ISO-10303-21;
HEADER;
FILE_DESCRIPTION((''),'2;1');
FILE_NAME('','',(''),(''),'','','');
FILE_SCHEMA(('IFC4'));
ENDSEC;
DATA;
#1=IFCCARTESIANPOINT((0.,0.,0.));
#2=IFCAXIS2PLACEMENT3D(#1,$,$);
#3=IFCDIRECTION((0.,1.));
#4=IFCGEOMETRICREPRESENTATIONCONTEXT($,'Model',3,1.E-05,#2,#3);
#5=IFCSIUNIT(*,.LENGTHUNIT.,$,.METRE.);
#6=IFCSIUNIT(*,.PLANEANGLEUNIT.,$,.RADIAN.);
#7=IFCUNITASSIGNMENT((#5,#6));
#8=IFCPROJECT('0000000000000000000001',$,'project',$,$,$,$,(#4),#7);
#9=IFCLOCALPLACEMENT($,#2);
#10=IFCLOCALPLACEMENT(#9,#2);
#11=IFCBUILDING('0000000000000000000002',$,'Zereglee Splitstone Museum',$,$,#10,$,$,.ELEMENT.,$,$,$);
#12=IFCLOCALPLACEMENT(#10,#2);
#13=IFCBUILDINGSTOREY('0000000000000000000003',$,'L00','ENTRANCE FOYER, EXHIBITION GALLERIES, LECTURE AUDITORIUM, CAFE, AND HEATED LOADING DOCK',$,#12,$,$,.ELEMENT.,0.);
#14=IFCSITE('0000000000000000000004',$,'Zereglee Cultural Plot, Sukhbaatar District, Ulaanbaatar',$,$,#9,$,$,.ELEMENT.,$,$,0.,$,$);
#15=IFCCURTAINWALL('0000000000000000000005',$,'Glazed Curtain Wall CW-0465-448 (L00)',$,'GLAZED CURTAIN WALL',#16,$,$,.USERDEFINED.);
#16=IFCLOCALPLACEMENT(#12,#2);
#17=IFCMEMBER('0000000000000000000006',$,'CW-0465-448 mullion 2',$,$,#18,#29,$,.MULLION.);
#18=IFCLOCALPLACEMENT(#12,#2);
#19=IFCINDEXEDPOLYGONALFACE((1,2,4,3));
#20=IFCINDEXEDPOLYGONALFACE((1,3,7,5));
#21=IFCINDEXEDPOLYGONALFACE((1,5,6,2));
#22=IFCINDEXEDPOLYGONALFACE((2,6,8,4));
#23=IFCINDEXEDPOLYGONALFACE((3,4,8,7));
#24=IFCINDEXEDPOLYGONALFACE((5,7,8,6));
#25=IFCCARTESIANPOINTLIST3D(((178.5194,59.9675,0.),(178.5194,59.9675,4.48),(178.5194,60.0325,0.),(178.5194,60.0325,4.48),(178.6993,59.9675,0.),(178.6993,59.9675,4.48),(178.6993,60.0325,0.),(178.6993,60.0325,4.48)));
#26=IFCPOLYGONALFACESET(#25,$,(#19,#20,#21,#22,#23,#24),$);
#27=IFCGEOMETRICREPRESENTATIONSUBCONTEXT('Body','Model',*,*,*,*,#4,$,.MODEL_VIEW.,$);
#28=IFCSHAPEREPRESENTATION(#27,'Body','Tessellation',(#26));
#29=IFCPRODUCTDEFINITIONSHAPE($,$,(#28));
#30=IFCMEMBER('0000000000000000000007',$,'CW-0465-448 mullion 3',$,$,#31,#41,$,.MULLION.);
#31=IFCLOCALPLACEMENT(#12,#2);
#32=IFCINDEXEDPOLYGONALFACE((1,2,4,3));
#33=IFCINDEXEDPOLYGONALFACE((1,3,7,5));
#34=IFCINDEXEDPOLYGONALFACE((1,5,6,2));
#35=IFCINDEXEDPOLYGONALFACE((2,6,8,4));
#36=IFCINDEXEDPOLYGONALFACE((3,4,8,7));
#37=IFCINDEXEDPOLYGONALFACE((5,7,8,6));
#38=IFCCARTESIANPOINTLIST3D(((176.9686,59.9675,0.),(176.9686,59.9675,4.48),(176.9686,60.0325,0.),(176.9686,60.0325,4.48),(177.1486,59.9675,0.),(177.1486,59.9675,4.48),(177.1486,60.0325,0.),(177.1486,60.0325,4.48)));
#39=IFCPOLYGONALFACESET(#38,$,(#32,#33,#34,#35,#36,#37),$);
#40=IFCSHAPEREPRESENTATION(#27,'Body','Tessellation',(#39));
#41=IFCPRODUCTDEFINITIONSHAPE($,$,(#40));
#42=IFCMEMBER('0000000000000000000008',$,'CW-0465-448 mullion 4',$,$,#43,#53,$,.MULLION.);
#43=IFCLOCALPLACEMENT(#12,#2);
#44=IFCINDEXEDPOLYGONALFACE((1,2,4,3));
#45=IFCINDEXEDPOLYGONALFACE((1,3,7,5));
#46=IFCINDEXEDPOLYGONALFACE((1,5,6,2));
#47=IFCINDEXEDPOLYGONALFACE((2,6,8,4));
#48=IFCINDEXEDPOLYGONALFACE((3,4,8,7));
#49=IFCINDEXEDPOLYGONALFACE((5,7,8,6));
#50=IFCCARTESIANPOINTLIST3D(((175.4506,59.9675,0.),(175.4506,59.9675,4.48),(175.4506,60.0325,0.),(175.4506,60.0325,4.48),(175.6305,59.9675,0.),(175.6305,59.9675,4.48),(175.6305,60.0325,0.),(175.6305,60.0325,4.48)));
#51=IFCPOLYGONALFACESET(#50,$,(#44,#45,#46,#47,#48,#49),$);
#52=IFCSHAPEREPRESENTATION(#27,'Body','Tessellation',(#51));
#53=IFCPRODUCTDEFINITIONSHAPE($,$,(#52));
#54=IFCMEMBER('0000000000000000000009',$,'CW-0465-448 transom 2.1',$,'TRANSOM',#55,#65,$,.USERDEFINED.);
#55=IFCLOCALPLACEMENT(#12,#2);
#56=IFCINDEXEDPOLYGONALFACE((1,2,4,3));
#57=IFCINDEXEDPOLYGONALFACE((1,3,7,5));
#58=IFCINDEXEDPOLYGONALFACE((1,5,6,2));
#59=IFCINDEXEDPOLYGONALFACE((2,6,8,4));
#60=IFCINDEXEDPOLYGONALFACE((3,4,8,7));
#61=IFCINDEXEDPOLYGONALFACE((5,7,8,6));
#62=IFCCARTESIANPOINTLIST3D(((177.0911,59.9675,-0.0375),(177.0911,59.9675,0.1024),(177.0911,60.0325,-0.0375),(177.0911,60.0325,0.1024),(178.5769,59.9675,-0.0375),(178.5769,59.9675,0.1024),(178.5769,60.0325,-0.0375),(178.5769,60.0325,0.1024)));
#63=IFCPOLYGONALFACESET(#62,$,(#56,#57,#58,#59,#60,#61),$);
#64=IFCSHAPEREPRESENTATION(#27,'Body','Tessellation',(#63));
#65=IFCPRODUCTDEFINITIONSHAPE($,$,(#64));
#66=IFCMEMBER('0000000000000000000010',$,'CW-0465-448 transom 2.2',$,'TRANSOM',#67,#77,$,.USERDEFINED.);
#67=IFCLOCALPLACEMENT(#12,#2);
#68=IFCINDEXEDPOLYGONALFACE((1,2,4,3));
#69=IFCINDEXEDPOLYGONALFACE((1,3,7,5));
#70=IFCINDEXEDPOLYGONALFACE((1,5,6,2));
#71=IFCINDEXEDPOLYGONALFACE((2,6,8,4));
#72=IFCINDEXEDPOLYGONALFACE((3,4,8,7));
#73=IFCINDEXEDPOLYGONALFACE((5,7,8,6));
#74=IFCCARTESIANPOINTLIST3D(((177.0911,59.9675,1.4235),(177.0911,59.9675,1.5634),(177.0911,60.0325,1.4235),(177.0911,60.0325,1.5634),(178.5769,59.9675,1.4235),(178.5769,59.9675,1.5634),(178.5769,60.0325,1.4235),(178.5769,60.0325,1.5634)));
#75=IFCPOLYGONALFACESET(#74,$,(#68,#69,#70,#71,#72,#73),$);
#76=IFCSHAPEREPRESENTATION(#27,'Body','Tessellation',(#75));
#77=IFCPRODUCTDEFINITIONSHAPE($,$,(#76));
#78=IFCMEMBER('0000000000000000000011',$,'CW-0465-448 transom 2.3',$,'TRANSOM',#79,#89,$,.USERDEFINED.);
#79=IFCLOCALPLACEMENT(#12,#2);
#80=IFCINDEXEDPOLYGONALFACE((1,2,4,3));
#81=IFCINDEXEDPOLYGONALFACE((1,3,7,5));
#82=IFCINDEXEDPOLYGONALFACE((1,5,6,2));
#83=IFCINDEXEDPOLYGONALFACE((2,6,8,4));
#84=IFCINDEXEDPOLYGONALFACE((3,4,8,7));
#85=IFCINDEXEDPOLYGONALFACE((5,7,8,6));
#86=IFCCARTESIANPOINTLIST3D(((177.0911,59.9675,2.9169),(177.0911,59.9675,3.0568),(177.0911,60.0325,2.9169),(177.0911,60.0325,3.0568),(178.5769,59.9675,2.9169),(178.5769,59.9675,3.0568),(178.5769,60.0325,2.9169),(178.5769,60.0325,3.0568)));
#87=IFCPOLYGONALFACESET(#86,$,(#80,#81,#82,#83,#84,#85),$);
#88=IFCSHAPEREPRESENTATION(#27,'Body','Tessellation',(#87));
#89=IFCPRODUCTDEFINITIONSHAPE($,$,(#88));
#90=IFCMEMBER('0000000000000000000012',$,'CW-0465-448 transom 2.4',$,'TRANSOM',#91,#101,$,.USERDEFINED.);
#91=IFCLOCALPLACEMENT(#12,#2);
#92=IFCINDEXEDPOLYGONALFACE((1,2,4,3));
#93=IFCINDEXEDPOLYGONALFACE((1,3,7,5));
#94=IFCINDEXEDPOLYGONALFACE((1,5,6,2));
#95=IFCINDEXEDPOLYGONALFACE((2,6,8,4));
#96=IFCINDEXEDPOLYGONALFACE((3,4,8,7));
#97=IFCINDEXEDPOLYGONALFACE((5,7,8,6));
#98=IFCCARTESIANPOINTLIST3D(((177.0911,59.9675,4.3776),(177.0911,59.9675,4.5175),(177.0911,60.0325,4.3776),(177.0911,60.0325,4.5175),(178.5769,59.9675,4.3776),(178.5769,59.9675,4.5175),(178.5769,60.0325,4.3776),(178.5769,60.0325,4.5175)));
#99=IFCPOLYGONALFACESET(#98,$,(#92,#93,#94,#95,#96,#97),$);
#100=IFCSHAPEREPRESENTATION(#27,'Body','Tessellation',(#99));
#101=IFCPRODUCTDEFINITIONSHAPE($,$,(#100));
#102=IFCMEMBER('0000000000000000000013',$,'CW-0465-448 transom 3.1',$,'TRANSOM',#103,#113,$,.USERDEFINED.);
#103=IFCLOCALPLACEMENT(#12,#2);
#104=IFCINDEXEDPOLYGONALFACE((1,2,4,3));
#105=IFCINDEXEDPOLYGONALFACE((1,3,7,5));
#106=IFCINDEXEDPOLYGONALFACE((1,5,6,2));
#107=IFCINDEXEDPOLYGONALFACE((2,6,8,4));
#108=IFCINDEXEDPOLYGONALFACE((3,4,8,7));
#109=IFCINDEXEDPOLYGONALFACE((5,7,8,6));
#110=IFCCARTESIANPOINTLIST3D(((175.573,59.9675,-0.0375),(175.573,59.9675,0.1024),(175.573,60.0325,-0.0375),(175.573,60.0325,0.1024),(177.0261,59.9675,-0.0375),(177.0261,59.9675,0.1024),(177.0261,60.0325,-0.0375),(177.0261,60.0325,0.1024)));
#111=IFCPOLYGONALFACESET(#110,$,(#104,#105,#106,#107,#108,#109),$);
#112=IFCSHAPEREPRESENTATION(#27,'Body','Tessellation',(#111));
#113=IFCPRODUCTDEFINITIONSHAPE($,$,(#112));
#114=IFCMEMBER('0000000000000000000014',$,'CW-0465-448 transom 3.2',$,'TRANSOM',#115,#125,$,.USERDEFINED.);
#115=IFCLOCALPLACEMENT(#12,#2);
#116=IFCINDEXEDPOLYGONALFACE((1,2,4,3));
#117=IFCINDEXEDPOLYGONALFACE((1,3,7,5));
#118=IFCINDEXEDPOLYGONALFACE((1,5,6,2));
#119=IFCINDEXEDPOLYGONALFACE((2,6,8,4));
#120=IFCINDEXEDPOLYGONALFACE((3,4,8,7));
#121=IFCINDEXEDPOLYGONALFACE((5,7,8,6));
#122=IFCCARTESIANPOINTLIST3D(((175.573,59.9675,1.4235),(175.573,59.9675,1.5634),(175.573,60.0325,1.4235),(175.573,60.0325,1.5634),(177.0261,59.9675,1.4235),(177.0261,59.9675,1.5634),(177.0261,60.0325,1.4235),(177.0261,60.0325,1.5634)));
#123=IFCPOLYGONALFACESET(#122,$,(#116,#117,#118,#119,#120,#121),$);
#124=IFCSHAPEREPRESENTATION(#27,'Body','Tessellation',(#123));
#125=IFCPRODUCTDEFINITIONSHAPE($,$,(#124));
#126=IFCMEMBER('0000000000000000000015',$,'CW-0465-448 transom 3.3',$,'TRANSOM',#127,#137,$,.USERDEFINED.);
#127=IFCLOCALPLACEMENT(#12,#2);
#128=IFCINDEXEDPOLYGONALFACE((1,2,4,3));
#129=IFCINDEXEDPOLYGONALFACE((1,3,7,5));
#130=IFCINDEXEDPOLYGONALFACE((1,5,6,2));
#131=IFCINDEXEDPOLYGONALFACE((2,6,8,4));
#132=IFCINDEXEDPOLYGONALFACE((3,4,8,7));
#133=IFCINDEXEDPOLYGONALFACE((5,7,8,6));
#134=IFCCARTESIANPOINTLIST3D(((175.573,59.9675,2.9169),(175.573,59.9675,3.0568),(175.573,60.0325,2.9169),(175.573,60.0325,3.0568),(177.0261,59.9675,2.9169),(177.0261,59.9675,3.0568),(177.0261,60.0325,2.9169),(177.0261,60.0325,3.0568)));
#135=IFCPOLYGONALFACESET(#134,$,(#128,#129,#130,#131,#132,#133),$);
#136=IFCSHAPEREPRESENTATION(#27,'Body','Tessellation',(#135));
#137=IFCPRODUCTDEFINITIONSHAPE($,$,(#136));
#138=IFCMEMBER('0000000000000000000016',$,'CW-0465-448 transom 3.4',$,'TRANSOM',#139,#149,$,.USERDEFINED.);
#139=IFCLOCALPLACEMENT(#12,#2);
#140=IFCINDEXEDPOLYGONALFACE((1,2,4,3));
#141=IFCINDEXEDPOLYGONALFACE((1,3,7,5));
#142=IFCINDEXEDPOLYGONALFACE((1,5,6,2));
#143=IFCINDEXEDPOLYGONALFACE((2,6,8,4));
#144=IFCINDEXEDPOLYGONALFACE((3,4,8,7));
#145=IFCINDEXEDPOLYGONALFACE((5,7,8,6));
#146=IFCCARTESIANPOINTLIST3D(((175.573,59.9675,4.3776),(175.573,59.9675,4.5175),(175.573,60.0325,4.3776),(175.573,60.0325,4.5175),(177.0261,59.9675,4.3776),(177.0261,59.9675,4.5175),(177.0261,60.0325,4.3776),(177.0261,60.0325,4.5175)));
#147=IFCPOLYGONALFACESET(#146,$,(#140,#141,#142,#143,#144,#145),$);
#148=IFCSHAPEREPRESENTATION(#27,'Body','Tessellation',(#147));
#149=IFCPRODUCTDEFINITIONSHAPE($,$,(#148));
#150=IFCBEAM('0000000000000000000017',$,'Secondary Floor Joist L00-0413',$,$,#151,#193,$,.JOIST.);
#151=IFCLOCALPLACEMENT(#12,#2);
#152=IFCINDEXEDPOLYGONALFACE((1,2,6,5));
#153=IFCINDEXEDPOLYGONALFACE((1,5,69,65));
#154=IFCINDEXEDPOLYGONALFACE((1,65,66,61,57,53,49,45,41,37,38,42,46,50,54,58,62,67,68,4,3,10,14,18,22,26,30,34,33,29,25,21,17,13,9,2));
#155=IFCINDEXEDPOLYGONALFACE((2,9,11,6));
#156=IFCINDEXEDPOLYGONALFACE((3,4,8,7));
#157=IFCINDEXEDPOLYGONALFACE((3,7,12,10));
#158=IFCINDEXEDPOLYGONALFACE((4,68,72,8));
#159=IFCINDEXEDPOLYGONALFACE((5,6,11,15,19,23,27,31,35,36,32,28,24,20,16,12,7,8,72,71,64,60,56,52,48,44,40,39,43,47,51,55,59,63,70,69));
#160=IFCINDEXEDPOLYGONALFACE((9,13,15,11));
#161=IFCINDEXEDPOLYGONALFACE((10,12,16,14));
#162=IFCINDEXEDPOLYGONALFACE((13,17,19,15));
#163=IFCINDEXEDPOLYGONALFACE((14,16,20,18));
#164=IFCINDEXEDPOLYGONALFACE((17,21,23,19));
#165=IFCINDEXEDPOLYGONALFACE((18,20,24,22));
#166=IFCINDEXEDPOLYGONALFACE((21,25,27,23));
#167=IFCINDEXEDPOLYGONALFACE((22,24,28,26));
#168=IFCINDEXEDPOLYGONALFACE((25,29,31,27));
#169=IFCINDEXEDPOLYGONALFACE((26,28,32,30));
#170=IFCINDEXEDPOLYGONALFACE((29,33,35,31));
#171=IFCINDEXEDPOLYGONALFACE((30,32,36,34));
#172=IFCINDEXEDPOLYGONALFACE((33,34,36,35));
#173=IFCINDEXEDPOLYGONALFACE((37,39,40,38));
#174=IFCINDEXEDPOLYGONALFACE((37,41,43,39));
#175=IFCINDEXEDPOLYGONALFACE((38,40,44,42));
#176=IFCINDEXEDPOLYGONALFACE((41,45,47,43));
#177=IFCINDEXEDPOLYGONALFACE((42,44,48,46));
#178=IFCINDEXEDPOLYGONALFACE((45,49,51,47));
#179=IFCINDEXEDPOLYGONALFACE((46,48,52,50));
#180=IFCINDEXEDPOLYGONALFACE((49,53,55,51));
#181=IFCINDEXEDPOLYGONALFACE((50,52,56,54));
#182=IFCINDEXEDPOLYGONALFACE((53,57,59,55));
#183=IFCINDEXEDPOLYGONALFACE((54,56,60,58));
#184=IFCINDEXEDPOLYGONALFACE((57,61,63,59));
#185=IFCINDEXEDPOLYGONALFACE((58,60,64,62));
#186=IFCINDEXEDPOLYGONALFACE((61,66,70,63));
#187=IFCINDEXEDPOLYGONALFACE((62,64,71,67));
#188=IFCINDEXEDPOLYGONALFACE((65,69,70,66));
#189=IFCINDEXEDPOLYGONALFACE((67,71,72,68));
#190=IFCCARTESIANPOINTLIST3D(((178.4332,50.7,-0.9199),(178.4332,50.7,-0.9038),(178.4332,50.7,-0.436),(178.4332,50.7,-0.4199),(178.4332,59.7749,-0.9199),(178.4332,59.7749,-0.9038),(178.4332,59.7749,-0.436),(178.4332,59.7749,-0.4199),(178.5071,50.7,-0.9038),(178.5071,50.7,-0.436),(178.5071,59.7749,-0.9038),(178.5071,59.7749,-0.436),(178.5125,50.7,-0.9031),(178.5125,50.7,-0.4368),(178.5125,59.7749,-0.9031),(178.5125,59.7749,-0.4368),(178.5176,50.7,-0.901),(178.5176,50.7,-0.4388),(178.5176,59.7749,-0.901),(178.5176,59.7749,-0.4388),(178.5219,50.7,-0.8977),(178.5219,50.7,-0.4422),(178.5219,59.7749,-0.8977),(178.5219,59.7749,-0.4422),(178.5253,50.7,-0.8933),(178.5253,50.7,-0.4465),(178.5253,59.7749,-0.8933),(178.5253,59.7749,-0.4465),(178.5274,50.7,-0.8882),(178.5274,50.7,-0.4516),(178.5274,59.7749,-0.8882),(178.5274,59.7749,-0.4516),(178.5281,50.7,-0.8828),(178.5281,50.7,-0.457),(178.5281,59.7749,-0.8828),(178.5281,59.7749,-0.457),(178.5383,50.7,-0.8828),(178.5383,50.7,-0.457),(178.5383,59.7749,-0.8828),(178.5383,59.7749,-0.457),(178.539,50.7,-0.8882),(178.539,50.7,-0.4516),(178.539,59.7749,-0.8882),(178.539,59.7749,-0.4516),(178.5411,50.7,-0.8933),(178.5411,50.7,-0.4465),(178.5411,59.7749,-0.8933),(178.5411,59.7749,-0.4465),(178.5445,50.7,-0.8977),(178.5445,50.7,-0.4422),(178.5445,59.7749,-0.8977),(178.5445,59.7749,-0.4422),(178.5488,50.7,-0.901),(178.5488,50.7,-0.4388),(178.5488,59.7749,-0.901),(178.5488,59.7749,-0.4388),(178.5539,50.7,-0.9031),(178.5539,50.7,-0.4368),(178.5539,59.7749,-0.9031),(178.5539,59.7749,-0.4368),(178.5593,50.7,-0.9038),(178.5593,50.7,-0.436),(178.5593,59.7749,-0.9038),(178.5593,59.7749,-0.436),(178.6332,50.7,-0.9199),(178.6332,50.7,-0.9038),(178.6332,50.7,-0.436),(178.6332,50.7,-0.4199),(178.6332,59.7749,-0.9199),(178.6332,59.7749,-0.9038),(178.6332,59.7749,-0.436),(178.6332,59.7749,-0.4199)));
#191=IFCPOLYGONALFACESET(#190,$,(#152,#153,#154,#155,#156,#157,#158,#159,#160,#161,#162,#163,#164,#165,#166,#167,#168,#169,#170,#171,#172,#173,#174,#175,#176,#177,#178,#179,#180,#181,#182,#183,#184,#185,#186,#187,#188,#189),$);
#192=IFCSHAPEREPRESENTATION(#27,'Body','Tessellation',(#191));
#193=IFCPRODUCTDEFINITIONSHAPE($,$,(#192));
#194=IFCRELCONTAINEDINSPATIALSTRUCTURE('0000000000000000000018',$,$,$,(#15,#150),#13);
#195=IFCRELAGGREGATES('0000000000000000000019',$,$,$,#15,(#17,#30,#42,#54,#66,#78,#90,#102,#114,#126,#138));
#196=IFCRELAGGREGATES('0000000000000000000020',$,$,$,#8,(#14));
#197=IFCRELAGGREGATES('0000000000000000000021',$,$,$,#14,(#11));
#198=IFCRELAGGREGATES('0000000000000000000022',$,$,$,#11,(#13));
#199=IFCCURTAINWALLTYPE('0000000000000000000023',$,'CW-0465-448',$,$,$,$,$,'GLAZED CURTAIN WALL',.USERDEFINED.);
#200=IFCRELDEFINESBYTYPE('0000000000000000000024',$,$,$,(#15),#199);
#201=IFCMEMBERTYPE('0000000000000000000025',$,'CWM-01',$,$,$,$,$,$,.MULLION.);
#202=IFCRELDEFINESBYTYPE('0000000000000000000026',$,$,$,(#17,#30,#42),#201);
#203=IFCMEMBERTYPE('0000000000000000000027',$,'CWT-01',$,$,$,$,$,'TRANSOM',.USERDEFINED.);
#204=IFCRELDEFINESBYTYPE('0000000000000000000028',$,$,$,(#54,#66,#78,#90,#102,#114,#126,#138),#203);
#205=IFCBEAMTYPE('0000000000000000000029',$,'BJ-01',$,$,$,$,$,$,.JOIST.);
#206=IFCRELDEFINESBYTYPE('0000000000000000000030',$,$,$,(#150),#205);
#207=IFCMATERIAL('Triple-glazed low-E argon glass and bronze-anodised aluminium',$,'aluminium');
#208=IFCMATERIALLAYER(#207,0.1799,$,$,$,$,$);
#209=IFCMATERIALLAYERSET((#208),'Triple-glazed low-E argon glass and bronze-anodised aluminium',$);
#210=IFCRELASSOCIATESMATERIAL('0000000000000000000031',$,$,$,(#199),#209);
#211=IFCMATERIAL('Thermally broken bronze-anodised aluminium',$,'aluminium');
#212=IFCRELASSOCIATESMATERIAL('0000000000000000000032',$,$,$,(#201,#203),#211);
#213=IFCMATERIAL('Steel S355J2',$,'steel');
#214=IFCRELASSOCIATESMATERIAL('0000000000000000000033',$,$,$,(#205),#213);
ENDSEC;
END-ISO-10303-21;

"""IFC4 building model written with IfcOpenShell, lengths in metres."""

from ifc_helpers import new_model, si_unit, direction, frame, origin, origin_2d, place, context, subcontext, project, spatial, rectangle, i_section, extrude, material, layer, layer_set, material_profile, profile_set, type_object, element, aggregate, save


model = new_model("IFC4")

# Units and contexts
model_context = context("Model", 3, precision=1e-05, world=origin(), true_north=direction((0.0, 1.0)))
body_context = subcontext(model_context, "Body", "Model", "MODEL_VIEW")
ifc_project = project(units=[si_unit("LENGTHUNIT", "METRE"), si_unit("PLANEANGLEUNIT", "RADIAN")], contexts=[model_context])

# Site, building, storey
site_placement = place(None, origin())
site = spatial("IfcSite", under=ifc_project, at=site_placement, Name="Zereglee Cultural Plot, Sukhbaatar District, Ulaanbaatar", CompositionType="ELEMENT", RefElevation=0.0)
building_placement = place(site_placement, origin())
building = spatial("IfcBuilding", under=site, at=building_placement, Name="Zereglee Splitstone Museum", CompositionType="ELEMENT")
storey_placement = place(building_placement, origin())
storey = spatial("IfcBuildingStorey", under=building, at=storey_placement, Name="L00", Description="ENTRANCE FOYER, EXHIBITION GALLERIES, LECTURE AUDITORIUM, CAFE, AND HEATED LOADING DOCK", CompositionType="ELEMENT", Elevation=0.0)

# Curtain wall, members
ifc_material_1 = material(Name="Triple-glazed low-E argon glass and bronze-anodised aluminium", Category="aluminium")
ifc_layer_1 = layer(ifc_material_1, 0.1799)
ifc_layer_set_1 = layer_set([ifc_layer_1], Name="Triple-glazed low-E argon glass and bronze-anodised aluminium")
curtain_wall_type = type_object("IfcCurtainWallType", Name="CW-0465-448", ElementType="GLAZED CURTAIN WALL", PredefinedType="USERDEFINED", material=ifc_layer_set_1)
curtain_wall_placement = place(storey_placement, origin())
curtain_wall = element("IfcCurtainWall", 1, at=curtain_wall_placement, inside=storey, type_object=curtain_wall_type, Name="Glazed Curtain Wall CW-0465-448 (L00)", ObjectType="GLAZED CURTAIN WALL", PredefinedType="USERDEFINED")
ifc_material_2 = material(Name="Thermally broken bronze-anodised aluminium", Category="aluminium")
ifc_material_profile_1 = material_profile(ifc_material_2, rectangle(XDim=0.0649, YDim=0.1799, at=origin_2d()), Name="CW MULL 65x180")
ifc_profile_set_1 = profile_set([ifc_material_profile_1], Name="Thermally broken bronze-anodised aluminium")
member_type_1 = type_object("IfcMemberType", Name="CWM-01", PredefinedType="MULLION", material=ifc_profile_set_1)
member_1_placement = place(storey_placement, frame((178.6094, 60.0, 0.0), z_axis=(0.0, 0.0, 1.0), x_axis=(0.0, -1.0, 0.0)))
member_1 = element("IfcMember", 2, at=member_1_placement, type_object=member_type_1, Name="CW-0465-448 mullion 2", PredefinedType="MULLION", context=body_context, shape_type="SweptSolid", body=[
    extrude(rectangle(XDim=0.0649, YDim=0.1799, at=origin_2d()), origin(), (0.0, 0.0, 1.0), 4.48),
])
member_2_placement = place(storey_placement, frame((177.0586, 60.0, 0.0), z_axis=(0.0, 0.0, 1.0), x_axis=(0.0, -1.0, 0.0)))
member_2 = element("IfcMember", 3, at=member_2_placement, type_object=member_type_1, Name="CW-0465-448 mullion 3", PredefinedType="MULLION", context=body_context, shape_type="SweptSolid", body=[
    extrude(rectangle(XDim=0.0649, YDim=0.1799, at=origin_2d()), origin(), (0.0, 0.0, 1.0), 4.48),
])
member_3_placement = place(storey_placement, frame((175.5405, 60.0, 0.0), z_axis=(0.0, 0.0, 1.0), x_axis=(0.0, -1.0, 0.0)))
member_3 = element("IfcMember", 4, at=member_3_placement, type_object=member_type_1, Name="CW-0465-448 mullion 4", PredefinedType="MULLION", context=body_context, shape_type="SweptSolid", body=[
    extrude(rectangle(XDim=0.0649, YDim=0.1799, at=origin_2d()), origin(), (0.0, 0.0, 1.0), 4.48),
])
ifc_material_profile_2 = material_profile(ifc_material_2, rectangle(XDim=0.0649, YDim=0.1399, at=origin_2d()), Name="CW TRAN 65x140")
ifc_profile_set_2 = profile_set([ifc_material_profile_2], Name="Thermally broken bronze-anodised aluminium")
member_type_2 = type_object("IfcMemberType", Name="CWT-01", ElementType="TRANSOM", PredefinedType="USERDEFINED", material=ifc_profile_set_2)
member_4_placement = place(storey_placement, frame((178.5769, 60.0, 0.0325), z_axis=(-1.0, 0.0, 0.0), x_axis=(0.0, -1.0, 0.0)))
member_4 = element("IfcMember", 5, at=member_4_placement, type_object=member_type_2, Name="CW-0465-448 transom 2.1", ObjectType="TRANSOM", PredefinedType="USERDEFINED", context=body_context, shape_type="SweptSolid", body=[
    extrude(rectangle(XDim=0.0649, YDim=0.1399, at=origin_2d()), origin(), (0.0, 0.0, 1.0), 1.4858),
])
member_5_placement = place(storey_placement, frame((178.5769, 60.0, 1.4934), z_axis=(-1.0, 0.0, 0.0), x_axis=(0.0, -1.0, 0.0)))
member_5 = element("IfcMember", 6, at=member_5_placement, type_object=member_type_2, Name="CW-0465-448 transom 2.2", ObjectType="TRANSOM", PredefinedType="USERDEFINED", context=body_context, shape_type="SweptSolid", body=[
    extrude(rectangle(XDim=0.0649, YDim=0.1399, at=origin_2d()), origin(), (0.0, 0.0, 1.0), 1.4858),
])
member_6_placement = place(storey_placement, frame((178.5769, 60.0, 2.9868), z_axis=(-1.0, 0.0, 0.0), x_axis=(0.0, -1.0, 0.0)))
member_6 = element("IfcMember", 7, at=member_6_placement, type_object=member_type_2, Name="CW-0465-448 transom 2.3", ObjectType="TRANSOM", PredefinedType="USERDEFINED", context=body_context, shape_type="SweptSolid", body=[
    extrude(rectangle(XDim=0.0649, YDim=0.1399, at=origin_2d()), origin(), (0.0, 0.0, 1.0), 1.4858),
])
member_7_placement = place(storey_placement, frame((178.5769, 60.0, 4.4475), z_axis=(-1.0, 0.0, 0.0), x_axis=(0.0, -1.0, 0.0)))
member_7 = element("IfcMember", 8, at=member_7_placement, type_object=member_type_2, Name="CW-0465-448 transom 2.4", ObjectType="TRANSOM", PredefinedType="USERDEFINED", context=body_context, shape_type="SweptSolid", body=[
    extrude(rectangle(XDim=0.0649, YDim=0.1399, at=origin_2d()), origin(), (0.0, 0.0, 1.0), 1.4858),
])
member_8_placement = place(storey_placement, frame((177.0261, 60.0, 0.0325), z_axis=(-1.0, 0.0, 0.0), x_axis=(0.0, -1.0, 0.0)))
member_8 = element("IfcMember", 9, at=member_8_placement, type_object=member_type_2, Name="CW-0465-448 transom 3.1", ObjectType="TRANSOM", PredefinedType="USERDEFINED", context=body_context, shape_type="SweptSolid", body=[
    extrude(rectangle(XDim=0.0649, YDim=0.1399, at=origin_2d()), origin(), (0.0, 0.0, 1.0), 1.4531),
])
member_9_placement = place(storey_placement, frame((177.0261, 60.0, 1.4934), z_axis=(-1.0, 0.0, 0.0), x_axis=(0.0, -1.0, 0.0)))
member_9 = element("IfcMember", 10, at=member_9_placement, type_object=member_type_2, Name="CW-0465-448 transom 3.2", ObjectType="TRANSOM", PredefinedType="USERDEFINED", context=body_context, shape_type="SweptSolid", body=[
    extrude(rectangle(XDim=0.0649, YDim=0.1399, at=origin_2d()), origin(), (0.0, 0.0, 1.0), 1.4531),
])
member_10_placement = place(storey_placement, frame((177.0261, 60.0, 2.9868), z_axis=(-1.0, 0.0, 0.0), x_axis=(0.0, -1.0, 0.0)))
member_10 = element("IfcMember", 11, at=member_10_placement, type_object=member_type_2, Name="CW-0465-448 transom 3.3", ObjectType="TRANSOM", PredefinedType="USERDEFINED", context=body_context, shape_type="SweptSolid", body=[
    extrude(rectangle(XDim=0.0649, YDim=0.1399, at=origin_2d()), origin(), (0.0, 0.0, 1.0), 1.4531),
])
member_11_placement = place(storey_placement, frame((177.0261, 60.0, 4.4475), z_axis=(-1.0, 0.0, 0.0), x_axis=(0.0, -1.0, 0.0)))
member_11 = element("IfcMember", 12, at=member_11_placement, type_object=member_type_2, Name="CW-0465-448 transom 3.4", ObjectType="TRANSOM", PredefinedType="USERDEFINED", context=body_context, shape_type="SweptSolid", body=[
    extrude(rectangle(XDim=0.0649, YDim=0.1399, at=origin_2d()), origin(), (0.0, 0.0, 1.0), 1.4531),
])

# Beam
ifc_material_3 = material(Name="Steel S355J2", Category="steel")
ifc_material_profile_3 = material_profile(ifc_material_3, i_section(OverallWidth=0.2, OverallDepth=0.5, WebThickness=0.0103, FlangeThickness=0.0161, FilletRadius=0.021, at=origin_2d()), Name="IPE 500")
ifc_profile_set_3 = profile_set([ifc_material_profile_3], Name="Steel S355J2")
beam_type = type_object("IfcBeamType", Name="BJ-01", PredefinedType="JOIST", material=ifc_profile_set_3)
beam_placement = place(storey_placement, frame((178.5332, 50.7, -0.6699), z_axis=(0.0, 1.0, 0.0), x_axis=(-1.0, 0.0, 0.0)))
element("IfcBeam", 13, at=beam_placement, inside=storey, type_object=beam_type, Name="Secondary Floor Joist L00-0413", PredefinedType="JOIST", context=body_context, shape_type="SweptSolid", body=[
    extrude(i_section(OverallWidth=0.2, OverallDepth=0.5, WebThickness=0.0103, FlangeThickness=0.0161, FilletRadius=0.021, at=origin_2d()), origin(), (0.0, 0.0, 1.0), 9.075),
])

aggregate(curtain_wall, [member_1, member_2, member_3, member_4, member_5, member_6, member_7, member_8, member_9, member_10, member_11])

save(model, "model.ifc")
